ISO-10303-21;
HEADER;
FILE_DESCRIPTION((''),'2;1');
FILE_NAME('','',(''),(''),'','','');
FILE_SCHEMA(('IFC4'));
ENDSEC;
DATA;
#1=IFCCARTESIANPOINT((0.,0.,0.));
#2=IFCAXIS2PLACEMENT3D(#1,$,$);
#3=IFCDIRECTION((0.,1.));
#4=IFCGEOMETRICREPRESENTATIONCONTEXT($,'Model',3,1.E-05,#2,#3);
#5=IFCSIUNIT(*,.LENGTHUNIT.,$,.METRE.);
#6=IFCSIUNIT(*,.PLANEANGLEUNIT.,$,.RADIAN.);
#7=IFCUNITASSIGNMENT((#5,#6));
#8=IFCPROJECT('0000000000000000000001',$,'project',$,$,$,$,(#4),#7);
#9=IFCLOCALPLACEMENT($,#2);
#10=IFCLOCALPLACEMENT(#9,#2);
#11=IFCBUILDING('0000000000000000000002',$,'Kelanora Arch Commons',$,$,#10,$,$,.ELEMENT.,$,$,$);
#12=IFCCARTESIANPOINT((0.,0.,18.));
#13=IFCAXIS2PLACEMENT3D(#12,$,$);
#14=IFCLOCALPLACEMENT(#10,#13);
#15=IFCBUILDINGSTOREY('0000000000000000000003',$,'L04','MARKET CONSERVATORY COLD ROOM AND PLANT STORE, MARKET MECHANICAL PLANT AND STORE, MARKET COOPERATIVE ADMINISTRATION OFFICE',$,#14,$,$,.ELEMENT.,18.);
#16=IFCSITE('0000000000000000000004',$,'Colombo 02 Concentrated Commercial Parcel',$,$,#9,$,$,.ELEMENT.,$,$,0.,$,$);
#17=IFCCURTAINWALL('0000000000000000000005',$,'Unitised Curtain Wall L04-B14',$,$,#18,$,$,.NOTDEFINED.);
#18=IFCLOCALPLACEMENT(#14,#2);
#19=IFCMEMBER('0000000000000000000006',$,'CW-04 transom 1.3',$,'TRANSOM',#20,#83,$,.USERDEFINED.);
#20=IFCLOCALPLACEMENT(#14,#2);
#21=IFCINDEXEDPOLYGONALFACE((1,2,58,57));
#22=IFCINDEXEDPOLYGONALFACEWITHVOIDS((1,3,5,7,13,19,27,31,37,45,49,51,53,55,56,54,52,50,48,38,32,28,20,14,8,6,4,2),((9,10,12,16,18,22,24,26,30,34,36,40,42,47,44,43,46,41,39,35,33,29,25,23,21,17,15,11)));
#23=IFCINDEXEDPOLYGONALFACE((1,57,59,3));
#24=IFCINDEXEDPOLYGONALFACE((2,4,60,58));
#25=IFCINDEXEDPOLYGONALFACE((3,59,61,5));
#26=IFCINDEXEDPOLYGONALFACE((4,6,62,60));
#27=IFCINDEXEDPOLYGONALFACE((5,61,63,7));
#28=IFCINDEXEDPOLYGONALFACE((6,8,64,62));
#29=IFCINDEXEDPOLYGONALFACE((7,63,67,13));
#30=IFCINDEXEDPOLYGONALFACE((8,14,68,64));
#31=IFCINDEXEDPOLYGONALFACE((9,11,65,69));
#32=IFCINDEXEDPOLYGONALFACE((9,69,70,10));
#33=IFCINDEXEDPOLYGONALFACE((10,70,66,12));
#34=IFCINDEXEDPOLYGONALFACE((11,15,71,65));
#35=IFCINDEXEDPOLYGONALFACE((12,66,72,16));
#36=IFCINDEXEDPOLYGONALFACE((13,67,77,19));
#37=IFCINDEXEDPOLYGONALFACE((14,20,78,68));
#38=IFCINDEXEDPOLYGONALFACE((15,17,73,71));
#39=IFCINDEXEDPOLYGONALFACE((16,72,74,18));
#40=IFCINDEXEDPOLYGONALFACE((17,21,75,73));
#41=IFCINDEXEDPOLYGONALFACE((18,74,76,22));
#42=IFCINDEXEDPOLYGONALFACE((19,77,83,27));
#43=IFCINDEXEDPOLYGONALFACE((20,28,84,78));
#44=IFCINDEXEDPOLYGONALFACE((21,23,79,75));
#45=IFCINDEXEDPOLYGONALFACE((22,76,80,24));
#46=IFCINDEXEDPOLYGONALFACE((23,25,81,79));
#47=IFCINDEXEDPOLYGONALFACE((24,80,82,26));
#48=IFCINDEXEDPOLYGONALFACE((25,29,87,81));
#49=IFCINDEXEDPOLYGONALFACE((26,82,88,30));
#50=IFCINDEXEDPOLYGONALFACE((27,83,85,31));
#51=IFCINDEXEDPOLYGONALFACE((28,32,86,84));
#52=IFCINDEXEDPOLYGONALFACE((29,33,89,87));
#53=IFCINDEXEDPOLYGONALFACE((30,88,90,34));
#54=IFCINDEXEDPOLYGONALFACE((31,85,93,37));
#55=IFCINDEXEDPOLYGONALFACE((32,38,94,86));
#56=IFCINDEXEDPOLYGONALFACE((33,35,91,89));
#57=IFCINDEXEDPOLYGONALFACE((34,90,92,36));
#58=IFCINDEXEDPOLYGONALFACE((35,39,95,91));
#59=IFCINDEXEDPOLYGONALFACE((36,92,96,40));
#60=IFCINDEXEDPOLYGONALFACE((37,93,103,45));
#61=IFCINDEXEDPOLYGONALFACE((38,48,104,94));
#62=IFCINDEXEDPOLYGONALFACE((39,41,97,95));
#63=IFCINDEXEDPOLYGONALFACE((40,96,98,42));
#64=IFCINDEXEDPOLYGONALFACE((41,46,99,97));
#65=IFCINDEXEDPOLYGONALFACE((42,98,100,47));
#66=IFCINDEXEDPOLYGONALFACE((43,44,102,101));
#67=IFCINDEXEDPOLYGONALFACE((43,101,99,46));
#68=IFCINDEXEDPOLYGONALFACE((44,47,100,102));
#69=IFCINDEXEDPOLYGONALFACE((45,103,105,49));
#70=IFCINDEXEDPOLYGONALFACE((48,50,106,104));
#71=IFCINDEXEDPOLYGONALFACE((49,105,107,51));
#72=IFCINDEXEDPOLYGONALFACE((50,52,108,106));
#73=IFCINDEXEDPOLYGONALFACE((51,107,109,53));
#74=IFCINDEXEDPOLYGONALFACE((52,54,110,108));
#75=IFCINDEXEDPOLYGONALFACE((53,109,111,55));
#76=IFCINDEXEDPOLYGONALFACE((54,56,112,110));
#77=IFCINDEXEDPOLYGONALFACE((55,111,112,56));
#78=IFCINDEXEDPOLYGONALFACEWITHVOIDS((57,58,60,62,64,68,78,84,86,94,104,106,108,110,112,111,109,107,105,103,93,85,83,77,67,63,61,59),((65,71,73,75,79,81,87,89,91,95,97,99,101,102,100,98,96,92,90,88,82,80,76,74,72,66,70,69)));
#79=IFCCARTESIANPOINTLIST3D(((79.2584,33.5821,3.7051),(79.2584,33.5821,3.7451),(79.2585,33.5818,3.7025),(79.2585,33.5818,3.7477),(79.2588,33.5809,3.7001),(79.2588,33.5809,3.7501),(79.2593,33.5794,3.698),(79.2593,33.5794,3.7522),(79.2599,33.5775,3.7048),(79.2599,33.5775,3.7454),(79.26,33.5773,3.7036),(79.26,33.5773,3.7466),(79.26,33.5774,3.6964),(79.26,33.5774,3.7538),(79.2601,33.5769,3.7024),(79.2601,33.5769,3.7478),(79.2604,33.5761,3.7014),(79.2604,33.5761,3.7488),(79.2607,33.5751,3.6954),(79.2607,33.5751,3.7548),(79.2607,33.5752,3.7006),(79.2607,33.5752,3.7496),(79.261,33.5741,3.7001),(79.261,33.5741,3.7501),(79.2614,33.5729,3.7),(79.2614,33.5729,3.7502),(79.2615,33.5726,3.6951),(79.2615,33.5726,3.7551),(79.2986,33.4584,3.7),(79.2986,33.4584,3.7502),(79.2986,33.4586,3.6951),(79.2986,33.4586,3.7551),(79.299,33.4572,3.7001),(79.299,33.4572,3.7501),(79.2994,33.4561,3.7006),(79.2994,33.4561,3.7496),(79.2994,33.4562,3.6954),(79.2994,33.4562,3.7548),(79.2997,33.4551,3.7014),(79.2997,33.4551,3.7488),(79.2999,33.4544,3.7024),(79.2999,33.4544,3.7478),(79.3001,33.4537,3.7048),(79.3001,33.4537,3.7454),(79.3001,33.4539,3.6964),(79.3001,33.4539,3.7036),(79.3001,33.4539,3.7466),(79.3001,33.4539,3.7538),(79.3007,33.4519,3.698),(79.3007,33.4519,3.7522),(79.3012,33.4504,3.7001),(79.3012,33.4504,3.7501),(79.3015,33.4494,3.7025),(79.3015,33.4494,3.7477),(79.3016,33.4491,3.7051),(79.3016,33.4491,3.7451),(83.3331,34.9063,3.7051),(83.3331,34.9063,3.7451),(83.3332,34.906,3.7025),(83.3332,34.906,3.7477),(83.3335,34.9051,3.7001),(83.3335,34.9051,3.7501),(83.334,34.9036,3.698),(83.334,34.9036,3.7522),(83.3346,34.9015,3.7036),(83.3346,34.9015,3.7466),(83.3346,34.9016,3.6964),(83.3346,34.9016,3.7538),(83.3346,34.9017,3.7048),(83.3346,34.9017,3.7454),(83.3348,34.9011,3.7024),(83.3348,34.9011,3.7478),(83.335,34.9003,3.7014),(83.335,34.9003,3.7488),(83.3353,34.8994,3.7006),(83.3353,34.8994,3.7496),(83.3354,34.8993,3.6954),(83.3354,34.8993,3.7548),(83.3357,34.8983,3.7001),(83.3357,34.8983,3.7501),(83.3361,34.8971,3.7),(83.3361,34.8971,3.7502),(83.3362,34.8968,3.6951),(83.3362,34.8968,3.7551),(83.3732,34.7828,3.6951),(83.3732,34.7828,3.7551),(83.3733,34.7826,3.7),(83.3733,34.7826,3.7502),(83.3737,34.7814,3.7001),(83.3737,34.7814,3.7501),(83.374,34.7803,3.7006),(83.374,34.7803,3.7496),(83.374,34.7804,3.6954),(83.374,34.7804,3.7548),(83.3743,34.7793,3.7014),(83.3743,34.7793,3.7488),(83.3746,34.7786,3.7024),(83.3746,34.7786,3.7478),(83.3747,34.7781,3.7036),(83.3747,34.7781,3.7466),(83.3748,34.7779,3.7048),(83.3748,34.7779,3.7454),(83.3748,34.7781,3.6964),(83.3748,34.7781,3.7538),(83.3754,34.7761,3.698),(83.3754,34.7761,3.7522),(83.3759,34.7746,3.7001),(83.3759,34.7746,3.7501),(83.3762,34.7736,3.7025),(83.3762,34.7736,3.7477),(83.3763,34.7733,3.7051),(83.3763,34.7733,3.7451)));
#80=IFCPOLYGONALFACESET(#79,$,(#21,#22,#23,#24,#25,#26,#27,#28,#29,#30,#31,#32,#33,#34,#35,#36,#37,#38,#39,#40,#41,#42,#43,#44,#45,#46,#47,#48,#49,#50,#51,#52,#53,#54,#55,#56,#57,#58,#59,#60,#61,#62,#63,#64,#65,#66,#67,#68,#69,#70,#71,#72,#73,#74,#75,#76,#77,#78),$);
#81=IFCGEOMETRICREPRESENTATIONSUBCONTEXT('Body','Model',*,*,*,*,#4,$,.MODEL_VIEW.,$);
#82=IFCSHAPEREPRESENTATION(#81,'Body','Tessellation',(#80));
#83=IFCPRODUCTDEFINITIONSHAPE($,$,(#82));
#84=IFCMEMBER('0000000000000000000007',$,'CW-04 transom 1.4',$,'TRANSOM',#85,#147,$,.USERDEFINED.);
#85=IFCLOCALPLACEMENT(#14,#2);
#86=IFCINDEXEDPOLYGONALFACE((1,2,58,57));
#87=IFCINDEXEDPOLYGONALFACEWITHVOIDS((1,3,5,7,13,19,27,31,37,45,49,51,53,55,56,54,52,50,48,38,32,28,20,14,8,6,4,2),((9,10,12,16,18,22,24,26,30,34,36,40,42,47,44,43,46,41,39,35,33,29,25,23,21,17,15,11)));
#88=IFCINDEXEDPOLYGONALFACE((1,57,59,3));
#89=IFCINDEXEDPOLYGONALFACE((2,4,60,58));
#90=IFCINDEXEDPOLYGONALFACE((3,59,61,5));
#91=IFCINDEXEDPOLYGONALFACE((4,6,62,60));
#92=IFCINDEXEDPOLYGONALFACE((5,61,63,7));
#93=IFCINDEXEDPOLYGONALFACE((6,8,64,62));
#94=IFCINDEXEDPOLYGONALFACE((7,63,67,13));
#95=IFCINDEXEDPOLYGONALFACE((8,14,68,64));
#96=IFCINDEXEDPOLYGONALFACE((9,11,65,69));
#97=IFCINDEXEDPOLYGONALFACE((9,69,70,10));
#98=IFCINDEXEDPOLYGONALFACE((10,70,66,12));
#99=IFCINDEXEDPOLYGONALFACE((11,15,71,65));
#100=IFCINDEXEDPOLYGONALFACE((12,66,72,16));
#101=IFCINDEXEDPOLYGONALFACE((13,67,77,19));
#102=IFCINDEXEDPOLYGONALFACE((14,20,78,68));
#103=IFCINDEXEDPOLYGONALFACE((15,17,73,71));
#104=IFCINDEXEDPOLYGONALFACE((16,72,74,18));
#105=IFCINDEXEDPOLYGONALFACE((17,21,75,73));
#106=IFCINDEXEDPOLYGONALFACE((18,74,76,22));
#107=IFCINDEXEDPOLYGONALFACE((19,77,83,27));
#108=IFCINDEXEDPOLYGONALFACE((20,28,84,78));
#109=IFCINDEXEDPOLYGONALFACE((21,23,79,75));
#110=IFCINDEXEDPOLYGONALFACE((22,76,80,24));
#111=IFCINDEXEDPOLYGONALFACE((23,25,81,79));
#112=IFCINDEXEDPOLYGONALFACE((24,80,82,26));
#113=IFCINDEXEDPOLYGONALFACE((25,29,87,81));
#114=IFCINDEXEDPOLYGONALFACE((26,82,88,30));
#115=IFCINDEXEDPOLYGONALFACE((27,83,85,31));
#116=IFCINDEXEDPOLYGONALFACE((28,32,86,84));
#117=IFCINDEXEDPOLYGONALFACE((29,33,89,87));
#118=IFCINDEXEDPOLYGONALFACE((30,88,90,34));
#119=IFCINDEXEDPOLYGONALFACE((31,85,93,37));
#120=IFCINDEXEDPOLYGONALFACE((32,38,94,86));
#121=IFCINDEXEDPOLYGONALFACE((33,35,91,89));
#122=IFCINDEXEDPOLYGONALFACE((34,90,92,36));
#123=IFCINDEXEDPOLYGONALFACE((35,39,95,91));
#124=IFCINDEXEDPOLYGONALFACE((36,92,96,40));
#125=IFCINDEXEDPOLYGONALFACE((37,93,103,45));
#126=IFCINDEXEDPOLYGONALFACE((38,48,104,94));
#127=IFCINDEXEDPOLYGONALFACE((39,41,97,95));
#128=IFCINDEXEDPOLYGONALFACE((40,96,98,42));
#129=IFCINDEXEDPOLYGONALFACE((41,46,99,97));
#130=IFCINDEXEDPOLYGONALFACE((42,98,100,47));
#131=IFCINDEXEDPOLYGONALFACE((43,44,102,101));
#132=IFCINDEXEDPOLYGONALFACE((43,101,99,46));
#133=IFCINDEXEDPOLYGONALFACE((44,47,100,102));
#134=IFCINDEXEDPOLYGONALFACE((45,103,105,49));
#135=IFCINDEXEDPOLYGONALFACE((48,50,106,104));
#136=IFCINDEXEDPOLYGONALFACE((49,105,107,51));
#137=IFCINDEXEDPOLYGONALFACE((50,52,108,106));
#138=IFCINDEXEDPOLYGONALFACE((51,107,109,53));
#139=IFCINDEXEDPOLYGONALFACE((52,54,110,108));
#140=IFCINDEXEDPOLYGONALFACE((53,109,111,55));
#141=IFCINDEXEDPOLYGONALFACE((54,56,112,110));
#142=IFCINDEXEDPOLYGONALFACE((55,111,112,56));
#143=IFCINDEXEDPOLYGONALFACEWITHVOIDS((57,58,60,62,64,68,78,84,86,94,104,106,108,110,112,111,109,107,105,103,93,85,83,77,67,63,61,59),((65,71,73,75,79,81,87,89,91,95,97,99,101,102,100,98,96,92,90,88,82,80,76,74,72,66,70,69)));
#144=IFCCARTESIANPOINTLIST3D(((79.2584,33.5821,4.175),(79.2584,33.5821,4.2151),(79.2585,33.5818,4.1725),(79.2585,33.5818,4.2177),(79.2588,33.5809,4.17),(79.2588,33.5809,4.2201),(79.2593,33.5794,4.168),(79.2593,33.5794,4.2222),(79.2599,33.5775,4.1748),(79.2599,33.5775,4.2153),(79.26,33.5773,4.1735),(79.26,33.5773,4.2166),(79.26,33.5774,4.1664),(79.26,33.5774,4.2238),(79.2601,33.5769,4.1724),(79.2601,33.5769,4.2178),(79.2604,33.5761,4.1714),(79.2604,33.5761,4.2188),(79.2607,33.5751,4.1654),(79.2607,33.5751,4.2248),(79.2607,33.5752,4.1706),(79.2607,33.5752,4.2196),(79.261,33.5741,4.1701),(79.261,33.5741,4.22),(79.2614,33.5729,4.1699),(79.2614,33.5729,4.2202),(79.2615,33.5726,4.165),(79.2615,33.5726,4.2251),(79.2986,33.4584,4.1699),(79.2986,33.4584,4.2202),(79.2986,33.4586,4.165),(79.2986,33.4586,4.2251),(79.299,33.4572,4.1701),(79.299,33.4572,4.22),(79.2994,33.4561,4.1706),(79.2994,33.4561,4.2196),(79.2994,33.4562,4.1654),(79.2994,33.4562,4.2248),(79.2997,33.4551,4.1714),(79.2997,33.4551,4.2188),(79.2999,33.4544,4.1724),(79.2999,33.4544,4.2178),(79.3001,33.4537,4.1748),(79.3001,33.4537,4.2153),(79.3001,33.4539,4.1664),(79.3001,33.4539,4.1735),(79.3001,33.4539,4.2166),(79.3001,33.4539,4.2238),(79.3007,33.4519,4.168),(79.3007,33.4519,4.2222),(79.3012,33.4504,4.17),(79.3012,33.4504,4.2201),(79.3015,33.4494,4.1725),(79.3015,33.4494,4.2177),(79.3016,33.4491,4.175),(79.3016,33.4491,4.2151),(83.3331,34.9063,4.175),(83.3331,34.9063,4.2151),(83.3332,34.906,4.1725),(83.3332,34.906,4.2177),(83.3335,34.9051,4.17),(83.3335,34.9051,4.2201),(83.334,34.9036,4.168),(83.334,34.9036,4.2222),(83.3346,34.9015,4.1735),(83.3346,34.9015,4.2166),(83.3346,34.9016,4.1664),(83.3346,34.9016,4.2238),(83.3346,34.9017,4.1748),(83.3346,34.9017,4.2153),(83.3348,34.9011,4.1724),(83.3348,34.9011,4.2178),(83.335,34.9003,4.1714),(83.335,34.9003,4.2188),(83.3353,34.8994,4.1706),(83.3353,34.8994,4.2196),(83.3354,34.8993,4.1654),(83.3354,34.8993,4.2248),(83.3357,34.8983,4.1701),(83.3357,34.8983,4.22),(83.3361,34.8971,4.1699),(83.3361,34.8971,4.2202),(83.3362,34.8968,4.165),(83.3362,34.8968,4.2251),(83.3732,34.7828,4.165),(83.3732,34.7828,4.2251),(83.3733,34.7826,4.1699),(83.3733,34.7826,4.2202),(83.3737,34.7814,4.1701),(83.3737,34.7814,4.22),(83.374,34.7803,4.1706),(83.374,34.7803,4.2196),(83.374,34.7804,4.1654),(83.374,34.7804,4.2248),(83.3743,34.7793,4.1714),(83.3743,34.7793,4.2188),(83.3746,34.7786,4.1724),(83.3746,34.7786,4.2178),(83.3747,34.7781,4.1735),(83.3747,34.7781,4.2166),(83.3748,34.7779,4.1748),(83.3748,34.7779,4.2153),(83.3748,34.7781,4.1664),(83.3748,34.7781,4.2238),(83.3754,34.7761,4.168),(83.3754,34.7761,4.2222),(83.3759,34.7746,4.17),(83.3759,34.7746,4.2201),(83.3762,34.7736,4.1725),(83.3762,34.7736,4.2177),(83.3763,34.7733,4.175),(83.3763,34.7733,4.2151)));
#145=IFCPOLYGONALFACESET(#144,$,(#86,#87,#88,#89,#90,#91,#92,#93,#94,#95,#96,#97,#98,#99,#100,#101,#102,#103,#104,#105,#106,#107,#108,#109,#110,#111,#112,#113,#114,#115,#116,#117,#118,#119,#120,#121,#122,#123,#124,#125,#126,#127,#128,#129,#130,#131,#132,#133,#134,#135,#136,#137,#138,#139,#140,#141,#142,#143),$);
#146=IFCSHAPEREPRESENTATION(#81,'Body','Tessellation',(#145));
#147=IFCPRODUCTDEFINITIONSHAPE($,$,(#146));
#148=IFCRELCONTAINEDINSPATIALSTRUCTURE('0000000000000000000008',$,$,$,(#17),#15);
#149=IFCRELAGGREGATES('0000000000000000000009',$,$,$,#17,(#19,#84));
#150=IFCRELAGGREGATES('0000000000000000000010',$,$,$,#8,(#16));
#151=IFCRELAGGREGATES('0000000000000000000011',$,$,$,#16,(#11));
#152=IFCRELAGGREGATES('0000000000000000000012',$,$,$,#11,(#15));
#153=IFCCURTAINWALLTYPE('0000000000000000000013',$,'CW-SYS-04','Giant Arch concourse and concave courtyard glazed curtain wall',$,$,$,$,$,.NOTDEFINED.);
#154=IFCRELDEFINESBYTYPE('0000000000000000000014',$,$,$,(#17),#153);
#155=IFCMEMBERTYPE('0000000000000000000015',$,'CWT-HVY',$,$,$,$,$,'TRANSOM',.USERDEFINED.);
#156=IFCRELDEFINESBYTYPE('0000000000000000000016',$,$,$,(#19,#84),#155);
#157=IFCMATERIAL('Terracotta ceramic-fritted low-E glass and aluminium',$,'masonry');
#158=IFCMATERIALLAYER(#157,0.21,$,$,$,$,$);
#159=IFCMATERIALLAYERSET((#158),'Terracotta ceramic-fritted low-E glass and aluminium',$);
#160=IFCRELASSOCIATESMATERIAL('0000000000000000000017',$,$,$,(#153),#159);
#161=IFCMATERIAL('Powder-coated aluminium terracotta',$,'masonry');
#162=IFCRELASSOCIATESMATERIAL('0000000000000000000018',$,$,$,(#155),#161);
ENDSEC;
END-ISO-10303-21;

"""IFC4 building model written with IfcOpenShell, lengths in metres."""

from ifc_helpers import new_model, si_unit, direction, frame, origin, origin_2d, place, context, subcontext, project, spatial, hollow_rectangle, extrude, material, layer, layer_set, material_profile, profile_set, type_object, element, aggregate, save


model = new_model("IFC4")

# Units and contexts
model_context = context("Model", 3, precision=1e-05, world=origin(), true_north=direction((0.0, 1.0)))
body_context = subcontext(model_context, "Body", "Model", "MODEL_VIEW")
ifc_project = project(units=[si_unit("LENGTHUNIT", "METRE"), si_unit("PLANEANGLEUNIT", "RADIAN")], contexts=[model_context])

# Site, building, storey
site_placement = place(None, origin())
site = spatial("IfcSite", under=ifc_project, at=site_placement, Name="Colombo 02 Concentrated Commercial Parcel", CompositionType="ELEMENT", RefElevation=0.0)
building_placement = place(site_placement, origin())
building = spatial("IfcBuilding", under=site, at=building_placement, Name="Kelanora Arch Commons", CompositionType="ELEMENT")
storey_placement = place(building_placement, frame((0.0, 0.0, 18.0)))
storey = spatial("IfcBuildingStorey", under=building, at=storey_placement, Name="L04", Description="MARKET CONSERVATORY COLD ROOM AND PLANT STORE, MARKET MECHANICAL PLANT AND STORE, MARKET COOPERATIVE ADMINISTRATION OFFICE", CompositionType="ELEMENT", Elevation=18.0)

# Curtain wall
ifc_material_1 = material(Name="Terracotta ceramic-fritted low-E glass and aluminium", Category="masonry")
ifc_layer_1 = layer(ifc_material_1, 0.21)
ifc_layer_set_1 = layer_set([ifc_layer_1], Name="Terracotta ceramic-fritted low-E glass and aluminium")
curtain_wall_type_1 = type_object("IfcCurtainWallType", Name="CW-SYS-04", Description="Giant Arch concourse and concave courtyard glazed curtain wall", PredefinedType="NOTDEFINED", material=ifc_layer_set_1)
curtain_wall_1_placement = place(storey_placement, origin())
curtain_wall_1 = element("IfcCurtainWall", 1, at=curtain_wall_1_placement, inside=storey, type_object=curtain_wall_type_1, Name="Unitised Curtain Wall L04-B14", PredefinedType="NOTDEFINED")
ifc_material_2 = material(Name="Powder-coated aluminium terracotta", Category="masonry")

# Members
ifc_material_profile_1 = material_profile(ifc_material_2, hollow_rectangle(XDim=0.1399, YDim=0.0601, WallThickness=0.0049, InnerFilletRadius=0.0049, OuterFilletRadius=0.01, at=origin_2d()), Name="CWT140x60")
ifc_profile_set_1 = profile_set([ifc_material_profile_1], Name="Powder-coated aluminium terracotta")
member_type_1 = type_object("IfcMemberType", Name="CWT-HVY", ElementType="TRANSOM", PredefinedType="USERDEFINED", material=ifc_profile_set_1)
member_1_placement = place(storey_placement, frame((79.28, 33.5156, 3.7251), z_axis=(0.951038, 0.309073, 0.0), x_axis=(-0.309073, 0.951038, 0.0)))
member_1 = element("IfcMember", 2, at=member_1_placement, type_object=member_type_1, Name="CW-04 transom 1.3", ObjectType="TRANSOM", PredefinedType="USERDEFINED", context=body_context, shape_type="SweptSolid", body=[
    extrude(hollow_rectangle(XDim=0.1399, YDim=0.0601, WallThickness=0.0049, InnerFilletRadius=0.0049, OuterFilletRadius=0.01, at=origin_2d()), origin(), (0.0, 0.0, 1.0), 4.2844),
])
member_2_placement = place(storey_placement, frame((79.28, 33.5156, 4.1951), z_axis=(0.951038, 0.309073, 0.0), x_axis=(-0.309073, 0.951038, 0.0)))
member_2 = element("IfcMember", 3, at=member_2_placement, type_object=member_type_1, Name="CW-04 transom 1.4", ObjectType="TRANSOM", PredefinedType="USERDEFINED", context=body_context, shape_type="SweptSolid", body=[
    extrude(hollow_rectangle(XDim=0.1399, YDim=0.0601, WallThickness=0.0049, InnerFilletRadius=0.0049, OuterFilletRadius=0.01, at=origin_2d()), origin(), (0.0, 0.0, 1.0), 4.2844),
])

aggregate(curtain_wall_1, [member_1, member_2])

save(model, "model.ifc")
